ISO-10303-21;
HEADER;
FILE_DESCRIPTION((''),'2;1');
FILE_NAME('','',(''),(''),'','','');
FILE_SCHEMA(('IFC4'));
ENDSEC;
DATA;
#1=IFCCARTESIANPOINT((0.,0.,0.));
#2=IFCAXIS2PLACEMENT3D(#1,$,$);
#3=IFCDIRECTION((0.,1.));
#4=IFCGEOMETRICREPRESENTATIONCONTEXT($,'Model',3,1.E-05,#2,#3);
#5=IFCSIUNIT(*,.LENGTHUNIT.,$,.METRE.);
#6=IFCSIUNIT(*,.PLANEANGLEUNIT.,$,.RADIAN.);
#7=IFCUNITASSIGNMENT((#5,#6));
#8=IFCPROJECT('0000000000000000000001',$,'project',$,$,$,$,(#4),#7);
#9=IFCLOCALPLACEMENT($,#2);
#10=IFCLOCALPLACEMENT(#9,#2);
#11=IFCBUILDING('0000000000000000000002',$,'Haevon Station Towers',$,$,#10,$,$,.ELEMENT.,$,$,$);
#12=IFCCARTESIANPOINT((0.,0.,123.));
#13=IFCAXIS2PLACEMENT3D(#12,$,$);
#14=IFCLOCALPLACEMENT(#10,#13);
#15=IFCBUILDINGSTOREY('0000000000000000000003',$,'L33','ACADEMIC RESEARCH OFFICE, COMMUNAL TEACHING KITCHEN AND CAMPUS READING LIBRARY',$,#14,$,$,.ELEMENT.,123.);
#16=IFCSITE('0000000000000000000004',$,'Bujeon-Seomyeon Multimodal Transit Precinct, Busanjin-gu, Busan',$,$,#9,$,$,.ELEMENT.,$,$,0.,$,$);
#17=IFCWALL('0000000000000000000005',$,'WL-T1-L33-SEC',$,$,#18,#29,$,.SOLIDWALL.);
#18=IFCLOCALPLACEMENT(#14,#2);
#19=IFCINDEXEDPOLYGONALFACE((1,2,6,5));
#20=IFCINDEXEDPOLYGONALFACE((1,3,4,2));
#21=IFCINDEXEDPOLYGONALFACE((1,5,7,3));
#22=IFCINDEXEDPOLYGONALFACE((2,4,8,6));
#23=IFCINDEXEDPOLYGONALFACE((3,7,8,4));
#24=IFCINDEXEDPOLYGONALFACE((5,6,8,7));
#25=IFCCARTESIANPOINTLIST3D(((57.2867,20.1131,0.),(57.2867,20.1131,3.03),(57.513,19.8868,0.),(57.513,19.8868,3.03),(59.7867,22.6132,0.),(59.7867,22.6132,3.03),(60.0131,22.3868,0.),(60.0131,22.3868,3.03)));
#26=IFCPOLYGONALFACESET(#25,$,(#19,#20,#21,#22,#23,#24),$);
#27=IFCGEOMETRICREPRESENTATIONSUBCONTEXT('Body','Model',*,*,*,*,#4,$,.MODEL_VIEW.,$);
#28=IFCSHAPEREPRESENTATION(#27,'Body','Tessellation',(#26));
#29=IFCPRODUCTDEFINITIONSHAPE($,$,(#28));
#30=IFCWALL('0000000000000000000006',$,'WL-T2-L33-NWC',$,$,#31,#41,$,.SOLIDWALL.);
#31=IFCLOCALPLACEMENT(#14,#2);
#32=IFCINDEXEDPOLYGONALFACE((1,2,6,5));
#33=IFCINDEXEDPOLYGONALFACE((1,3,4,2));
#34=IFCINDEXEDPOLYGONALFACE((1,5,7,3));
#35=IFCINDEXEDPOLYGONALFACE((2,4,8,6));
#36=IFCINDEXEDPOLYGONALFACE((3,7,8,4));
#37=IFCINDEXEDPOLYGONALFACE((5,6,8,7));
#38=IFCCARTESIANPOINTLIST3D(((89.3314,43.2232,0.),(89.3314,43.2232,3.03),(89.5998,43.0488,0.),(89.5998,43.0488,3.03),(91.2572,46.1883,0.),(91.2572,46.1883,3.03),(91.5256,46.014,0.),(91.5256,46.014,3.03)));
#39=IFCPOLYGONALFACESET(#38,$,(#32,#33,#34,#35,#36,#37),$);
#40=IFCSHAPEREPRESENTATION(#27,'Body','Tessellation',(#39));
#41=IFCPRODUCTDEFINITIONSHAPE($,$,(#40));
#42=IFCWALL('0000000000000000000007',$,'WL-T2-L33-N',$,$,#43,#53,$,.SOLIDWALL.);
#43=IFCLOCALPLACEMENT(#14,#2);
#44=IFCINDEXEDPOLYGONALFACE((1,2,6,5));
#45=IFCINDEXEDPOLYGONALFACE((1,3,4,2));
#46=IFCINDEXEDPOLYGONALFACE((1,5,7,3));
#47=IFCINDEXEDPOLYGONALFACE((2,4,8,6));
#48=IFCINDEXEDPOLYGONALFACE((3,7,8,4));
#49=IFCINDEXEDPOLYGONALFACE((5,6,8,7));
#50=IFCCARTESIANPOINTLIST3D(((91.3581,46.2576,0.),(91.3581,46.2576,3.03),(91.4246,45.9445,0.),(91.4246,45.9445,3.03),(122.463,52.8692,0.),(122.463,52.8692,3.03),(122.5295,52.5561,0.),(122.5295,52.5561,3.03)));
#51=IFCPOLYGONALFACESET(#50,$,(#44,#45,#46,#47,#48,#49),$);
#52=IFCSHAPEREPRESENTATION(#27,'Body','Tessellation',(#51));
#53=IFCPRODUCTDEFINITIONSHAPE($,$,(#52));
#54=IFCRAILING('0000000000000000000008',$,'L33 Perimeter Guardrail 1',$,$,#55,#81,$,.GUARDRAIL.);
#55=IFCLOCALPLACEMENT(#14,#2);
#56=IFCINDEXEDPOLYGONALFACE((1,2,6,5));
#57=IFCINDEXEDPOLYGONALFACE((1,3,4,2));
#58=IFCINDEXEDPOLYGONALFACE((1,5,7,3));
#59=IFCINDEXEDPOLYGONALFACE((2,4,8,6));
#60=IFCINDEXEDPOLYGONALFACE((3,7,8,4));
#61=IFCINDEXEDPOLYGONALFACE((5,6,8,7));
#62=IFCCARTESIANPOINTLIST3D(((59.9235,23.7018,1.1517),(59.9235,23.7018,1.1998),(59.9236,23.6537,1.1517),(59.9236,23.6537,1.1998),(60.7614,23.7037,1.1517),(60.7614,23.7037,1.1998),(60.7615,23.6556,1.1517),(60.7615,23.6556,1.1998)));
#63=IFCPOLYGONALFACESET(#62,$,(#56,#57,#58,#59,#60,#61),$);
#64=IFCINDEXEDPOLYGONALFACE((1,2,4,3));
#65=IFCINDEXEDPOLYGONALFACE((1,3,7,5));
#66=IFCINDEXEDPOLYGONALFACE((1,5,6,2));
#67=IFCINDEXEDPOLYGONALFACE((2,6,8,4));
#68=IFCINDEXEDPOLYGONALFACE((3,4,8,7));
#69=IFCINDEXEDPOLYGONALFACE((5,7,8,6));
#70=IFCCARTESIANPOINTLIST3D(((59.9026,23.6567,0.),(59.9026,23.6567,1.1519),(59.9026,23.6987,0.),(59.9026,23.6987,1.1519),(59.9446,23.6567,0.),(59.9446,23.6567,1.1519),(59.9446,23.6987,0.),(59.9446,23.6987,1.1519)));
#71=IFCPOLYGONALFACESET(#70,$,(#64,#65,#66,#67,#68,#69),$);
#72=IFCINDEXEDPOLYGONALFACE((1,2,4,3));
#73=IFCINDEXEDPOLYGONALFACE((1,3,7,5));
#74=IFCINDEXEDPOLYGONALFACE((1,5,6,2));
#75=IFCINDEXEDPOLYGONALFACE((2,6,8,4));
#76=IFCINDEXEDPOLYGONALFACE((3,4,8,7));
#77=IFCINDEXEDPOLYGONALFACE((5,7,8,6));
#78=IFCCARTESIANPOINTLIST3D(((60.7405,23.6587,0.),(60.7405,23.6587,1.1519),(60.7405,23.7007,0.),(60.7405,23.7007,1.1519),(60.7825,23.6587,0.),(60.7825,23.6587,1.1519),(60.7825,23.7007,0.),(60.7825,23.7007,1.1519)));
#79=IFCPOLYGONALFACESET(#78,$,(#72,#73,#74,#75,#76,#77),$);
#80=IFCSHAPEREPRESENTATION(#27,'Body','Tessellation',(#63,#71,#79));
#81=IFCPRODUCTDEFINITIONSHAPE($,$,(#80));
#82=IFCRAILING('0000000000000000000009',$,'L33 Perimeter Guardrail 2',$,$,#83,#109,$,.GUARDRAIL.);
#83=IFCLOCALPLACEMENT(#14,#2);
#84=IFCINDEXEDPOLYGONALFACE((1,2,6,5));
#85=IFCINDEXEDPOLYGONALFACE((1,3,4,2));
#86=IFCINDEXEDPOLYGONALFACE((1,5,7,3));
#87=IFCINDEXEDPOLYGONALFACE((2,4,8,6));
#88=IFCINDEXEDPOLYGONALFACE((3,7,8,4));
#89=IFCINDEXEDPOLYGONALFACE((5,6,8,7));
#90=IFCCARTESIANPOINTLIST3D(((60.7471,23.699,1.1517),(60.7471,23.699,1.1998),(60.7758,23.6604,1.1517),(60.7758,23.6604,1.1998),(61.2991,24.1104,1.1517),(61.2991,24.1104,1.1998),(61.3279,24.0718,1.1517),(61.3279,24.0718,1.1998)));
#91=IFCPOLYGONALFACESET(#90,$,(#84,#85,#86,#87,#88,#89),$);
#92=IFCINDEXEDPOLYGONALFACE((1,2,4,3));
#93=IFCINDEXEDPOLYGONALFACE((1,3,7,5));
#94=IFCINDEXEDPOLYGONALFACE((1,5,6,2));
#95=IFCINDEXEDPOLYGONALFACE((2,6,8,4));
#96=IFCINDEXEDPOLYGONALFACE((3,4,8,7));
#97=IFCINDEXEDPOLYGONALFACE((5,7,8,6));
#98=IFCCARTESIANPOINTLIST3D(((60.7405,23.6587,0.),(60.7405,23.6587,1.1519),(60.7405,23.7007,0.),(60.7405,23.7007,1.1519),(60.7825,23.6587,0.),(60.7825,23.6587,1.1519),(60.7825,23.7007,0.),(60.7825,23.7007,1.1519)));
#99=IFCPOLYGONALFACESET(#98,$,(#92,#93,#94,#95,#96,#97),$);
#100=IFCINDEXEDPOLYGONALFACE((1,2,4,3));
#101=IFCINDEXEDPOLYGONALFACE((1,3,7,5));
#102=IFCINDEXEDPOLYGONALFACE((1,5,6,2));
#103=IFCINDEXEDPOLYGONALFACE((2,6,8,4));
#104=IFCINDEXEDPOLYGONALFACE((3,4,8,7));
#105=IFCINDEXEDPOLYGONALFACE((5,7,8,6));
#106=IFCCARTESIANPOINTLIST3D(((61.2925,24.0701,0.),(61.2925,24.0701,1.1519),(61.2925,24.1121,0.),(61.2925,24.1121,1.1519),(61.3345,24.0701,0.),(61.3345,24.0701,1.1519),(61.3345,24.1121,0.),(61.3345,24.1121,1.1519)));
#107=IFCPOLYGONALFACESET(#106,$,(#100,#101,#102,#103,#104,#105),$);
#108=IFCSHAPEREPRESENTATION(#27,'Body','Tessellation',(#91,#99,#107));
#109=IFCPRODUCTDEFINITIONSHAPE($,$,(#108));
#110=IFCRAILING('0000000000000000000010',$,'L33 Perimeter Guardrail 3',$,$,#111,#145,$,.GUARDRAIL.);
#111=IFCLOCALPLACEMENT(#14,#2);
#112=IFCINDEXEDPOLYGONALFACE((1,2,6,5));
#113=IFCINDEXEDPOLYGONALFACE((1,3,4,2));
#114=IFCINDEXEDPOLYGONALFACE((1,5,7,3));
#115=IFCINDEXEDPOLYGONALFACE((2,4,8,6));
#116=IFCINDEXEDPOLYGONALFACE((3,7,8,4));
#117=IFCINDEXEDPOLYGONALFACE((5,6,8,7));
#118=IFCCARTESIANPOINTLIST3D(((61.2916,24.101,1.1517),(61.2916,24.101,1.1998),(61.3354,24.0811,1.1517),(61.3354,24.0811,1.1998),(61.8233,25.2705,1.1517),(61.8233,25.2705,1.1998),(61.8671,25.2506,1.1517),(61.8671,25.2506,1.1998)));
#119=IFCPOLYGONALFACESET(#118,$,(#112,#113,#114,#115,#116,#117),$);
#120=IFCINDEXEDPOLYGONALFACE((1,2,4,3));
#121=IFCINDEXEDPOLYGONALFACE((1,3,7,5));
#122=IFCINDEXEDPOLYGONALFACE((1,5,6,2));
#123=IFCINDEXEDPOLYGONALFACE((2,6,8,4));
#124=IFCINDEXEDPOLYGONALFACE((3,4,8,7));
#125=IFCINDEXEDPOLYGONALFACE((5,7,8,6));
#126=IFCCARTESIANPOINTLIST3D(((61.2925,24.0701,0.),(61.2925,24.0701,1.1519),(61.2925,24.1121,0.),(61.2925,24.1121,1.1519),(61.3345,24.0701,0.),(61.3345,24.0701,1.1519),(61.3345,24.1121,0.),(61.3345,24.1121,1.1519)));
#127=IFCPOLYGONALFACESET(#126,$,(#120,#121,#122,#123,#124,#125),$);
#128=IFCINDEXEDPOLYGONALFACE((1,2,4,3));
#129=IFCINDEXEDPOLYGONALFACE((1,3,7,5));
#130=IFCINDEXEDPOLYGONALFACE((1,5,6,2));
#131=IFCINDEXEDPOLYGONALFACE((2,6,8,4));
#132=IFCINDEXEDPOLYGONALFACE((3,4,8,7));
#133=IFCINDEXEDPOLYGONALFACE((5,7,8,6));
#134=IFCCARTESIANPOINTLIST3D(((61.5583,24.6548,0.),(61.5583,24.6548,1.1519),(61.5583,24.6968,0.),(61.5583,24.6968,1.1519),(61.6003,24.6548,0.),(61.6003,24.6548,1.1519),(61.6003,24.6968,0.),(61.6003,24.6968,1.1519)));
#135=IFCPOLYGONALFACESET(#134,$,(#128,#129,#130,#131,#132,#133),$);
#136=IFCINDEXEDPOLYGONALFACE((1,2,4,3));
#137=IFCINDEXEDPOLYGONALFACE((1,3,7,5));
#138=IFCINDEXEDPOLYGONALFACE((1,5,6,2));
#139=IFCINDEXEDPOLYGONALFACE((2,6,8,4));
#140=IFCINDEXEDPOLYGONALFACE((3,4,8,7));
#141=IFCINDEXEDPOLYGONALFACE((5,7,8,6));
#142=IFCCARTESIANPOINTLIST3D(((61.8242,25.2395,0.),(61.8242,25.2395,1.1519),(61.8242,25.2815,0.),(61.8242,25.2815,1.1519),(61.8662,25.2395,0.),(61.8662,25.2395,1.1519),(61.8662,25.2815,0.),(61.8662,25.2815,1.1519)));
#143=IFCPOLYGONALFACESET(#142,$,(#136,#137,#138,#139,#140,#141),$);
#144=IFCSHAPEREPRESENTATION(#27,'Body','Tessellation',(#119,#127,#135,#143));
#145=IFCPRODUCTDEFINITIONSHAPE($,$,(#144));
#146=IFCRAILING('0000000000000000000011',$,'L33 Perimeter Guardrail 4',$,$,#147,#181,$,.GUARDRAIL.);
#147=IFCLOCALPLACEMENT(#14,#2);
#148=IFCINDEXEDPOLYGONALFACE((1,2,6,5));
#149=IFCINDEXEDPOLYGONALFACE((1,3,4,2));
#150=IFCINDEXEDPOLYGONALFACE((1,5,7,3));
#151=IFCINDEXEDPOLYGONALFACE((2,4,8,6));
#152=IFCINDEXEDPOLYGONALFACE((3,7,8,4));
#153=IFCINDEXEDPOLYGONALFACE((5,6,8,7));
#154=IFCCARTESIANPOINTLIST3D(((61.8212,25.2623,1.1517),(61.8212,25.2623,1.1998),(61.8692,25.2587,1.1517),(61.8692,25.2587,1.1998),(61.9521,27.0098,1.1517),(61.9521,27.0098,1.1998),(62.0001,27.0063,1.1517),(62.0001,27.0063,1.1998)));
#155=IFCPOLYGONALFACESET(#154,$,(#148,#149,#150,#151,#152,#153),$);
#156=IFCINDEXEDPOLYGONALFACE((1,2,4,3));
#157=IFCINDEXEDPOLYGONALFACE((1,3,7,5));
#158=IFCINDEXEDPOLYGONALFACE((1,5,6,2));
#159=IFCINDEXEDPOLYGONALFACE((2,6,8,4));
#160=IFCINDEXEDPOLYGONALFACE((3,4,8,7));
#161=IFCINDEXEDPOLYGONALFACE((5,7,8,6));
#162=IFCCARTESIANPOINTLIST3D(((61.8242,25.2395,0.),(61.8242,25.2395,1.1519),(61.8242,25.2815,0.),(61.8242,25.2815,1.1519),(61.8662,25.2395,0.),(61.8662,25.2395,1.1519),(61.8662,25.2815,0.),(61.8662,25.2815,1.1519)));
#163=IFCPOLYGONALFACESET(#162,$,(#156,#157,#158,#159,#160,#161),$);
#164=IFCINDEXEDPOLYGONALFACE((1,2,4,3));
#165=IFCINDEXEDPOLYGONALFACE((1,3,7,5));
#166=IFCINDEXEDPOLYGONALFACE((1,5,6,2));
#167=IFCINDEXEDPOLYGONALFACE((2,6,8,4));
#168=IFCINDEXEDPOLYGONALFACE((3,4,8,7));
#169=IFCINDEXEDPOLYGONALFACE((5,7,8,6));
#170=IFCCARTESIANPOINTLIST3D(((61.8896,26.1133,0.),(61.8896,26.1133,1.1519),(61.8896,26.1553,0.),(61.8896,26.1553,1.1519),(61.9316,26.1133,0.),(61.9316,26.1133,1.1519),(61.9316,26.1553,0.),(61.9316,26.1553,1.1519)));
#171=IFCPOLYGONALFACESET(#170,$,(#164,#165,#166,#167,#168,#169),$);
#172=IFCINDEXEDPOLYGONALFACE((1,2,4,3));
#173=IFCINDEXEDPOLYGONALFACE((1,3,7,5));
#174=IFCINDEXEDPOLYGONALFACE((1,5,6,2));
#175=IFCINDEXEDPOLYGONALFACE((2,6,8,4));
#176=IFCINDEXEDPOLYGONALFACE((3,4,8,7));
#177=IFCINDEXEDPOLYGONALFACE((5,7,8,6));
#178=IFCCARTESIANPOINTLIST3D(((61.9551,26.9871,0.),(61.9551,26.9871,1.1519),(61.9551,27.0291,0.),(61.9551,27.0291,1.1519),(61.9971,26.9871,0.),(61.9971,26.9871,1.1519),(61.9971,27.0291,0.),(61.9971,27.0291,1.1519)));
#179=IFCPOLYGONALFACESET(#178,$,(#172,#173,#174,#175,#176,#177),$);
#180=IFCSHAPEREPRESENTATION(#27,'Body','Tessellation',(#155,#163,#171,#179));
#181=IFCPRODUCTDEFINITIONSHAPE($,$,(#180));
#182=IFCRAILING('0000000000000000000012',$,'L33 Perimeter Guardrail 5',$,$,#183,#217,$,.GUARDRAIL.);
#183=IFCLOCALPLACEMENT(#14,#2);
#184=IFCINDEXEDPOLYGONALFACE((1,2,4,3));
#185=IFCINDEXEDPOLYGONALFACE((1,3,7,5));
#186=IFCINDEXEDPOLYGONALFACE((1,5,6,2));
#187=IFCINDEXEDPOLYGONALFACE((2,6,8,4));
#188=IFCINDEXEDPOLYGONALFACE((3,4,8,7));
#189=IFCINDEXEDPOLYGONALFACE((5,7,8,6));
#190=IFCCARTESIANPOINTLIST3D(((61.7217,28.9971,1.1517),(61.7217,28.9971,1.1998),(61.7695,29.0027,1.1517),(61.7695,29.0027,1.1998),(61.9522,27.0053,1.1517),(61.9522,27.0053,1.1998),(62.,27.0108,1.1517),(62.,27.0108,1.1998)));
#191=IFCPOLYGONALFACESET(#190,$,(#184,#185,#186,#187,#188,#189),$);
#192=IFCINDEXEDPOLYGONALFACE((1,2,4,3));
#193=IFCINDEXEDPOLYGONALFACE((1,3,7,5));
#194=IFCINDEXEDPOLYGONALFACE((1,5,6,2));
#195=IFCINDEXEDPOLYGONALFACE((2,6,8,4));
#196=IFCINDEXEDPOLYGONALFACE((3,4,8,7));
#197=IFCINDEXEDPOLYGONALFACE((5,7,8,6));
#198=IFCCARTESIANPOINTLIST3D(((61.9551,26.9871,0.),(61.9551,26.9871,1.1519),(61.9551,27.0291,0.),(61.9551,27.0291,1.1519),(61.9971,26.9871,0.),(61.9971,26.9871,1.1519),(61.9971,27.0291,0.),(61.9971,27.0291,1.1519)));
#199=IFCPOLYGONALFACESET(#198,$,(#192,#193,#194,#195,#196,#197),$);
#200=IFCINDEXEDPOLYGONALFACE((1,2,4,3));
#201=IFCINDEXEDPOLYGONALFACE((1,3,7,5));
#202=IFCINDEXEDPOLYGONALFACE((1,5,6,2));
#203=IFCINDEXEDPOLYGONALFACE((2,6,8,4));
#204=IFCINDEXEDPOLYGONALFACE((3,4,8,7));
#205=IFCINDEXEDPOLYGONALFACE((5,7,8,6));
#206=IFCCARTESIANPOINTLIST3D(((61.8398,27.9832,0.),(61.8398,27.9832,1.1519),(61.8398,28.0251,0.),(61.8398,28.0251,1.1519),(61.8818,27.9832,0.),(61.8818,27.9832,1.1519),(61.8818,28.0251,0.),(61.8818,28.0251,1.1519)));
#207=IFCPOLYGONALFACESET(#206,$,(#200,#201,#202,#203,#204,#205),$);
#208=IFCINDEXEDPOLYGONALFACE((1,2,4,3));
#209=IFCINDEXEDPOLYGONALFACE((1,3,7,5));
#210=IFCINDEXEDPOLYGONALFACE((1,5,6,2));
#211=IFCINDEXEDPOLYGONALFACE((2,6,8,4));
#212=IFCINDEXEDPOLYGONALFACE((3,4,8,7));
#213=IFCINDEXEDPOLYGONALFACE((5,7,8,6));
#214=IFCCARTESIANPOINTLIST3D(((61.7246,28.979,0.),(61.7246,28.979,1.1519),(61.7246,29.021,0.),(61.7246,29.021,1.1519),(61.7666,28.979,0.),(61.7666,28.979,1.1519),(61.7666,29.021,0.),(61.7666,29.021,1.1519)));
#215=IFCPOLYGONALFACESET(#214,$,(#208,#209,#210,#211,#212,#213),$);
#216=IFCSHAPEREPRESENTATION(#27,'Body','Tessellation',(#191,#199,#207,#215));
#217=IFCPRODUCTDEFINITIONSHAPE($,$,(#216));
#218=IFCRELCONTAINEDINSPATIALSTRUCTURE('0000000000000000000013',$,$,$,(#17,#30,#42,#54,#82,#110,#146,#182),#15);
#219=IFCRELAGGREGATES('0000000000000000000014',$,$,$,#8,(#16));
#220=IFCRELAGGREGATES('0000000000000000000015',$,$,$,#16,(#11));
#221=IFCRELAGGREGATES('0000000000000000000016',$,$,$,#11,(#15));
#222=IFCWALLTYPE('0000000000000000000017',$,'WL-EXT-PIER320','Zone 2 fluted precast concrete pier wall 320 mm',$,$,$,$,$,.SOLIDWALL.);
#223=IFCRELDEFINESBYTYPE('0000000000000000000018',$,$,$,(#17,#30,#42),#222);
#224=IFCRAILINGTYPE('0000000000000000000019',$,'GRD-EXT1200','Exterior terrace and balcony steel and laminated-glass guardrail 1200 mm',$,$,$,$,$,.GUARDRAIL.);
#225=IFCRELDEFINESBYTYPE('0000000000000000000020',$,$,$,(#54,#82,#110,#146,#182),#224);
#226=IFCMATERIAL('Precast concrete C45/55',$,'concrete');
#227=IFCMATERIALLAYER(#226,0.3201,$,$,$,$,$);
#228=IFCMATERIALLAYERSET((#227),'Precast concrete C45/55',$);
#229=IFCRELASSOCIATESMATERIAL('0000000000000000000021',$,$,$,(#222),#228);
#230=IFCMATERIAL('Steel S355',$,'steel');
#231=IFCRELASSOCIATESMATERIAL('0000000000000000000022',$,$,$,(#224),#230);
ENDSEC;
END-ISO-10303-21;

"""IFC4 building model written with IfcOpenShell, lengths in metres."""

from ifc_helpers import new_model, si_unit, direction, frame, frame_2d, origin, origin_2d, place, context, subcontext, project, spatial, rectangle, extrude, material, layer, layer_set, type_object, element, save


model = new_model("IFC4")

# Units and contexts
model_context = context("Model", 3, precision=1e-05, world=origin(), true_north=direction((0.0, 1.0)))
body_context = subcontext(model_context, "Body", "Model", "MODEL_VIEW")
ifc_project = project(units=[si_unit("LENGTHUNIT", "METRE"), si_unit("PLANEANGLEUNIT", "RADIAN")], contexts=[model_context])

# Site, building, storey
site_placement = place(None, origin())
site = spatial("IfcSite", under=ifc_project, at=site_placement, Name="Bujeon-Seomyeon Multimodal Transit Precinct, Busanjin-gu, Busan", CompositionType="ELEMENT", RefElevation=0.0)
building_placement = place(site_placement, origin())
building = spatial("IfcBuilding", under=site, at=building_placement, Name="Haevon Station Towers", CompositionType="ELEMENT")
storey_placement = place(building_placement, frame((0.0, 0.0, 123.0)))
storey = spatial("IfcBuildingStorey", under=building, at=storey_placement, Name="L33", Description="ACADEMIC RESEARCH OFFICE, COMMUNAL TEACHING KITCHEN AND CAMPUS READING LIBRARY", CompositionType="ELEMENT", Elevation=123.0)

# Shared definitions
ifc_material_1 = material(Name="Steel S355", Category="steel")

# Shared definitions
ifc_material_2 = material(Name="Precast concrete C45/55", Category="concrete")
ifc_layer_1 = layer(ifc_material_2, 0.3201)
ifc_layer_set_1 = layer_set([ifc_layer_1], Name="Precast concrete C45/55")
wall_type = type_object("IfcWallType", Name="WL-EXT-PIER320", Description="Zone 2 fluted precast concrete pier wall 320 mm", PredefinedType="SOLIDWALL", material=ifc_layer_set_1)

# Walls
for number, where, z_axis, x_axis, name in (
    (1, (59.8999, 22.5, 0.0), (0.0, 0.0, 1.0), (-0.707107, -0.707107, 0.0), "WL-T1-L33-SEC"),
    (2, (89.4656, 43.136, 0.0), (0.0, 0.0, 1.0), (0.544685, 0.838641, 0.0), "WL-T2-L33-NWC"),
):
    element("IfcWall", number, at=place(storey_placement, frame(where, z_axis=z_axis, x_axis=x_axis)), inside=storey, type_object=wall_type, Name=name, PredefinedType="SOLIDWALL", context=body_context, shape_type="SweptSolid", body=[
        extrude(rectangle(XDim=3.5356, YDim=0.3201, at=frame_2d((1.7678, 0.0))), origin(), (0.0, 0.0, 1.0), 3.03),
    ])
wall_1_placement = place(storey_placement, frame((91.3914, 46.1011, 0.0), z_axis=(0.0, 0.0, 1.0), x_axis=(0.978148, 0.207912, 0.0)))
element("IfcWall", 3, at=wall_1_placement, inside=storey, type_object=wall_type, Name="WL-T2-L33-N", PredefinedType="SOLIDWALL", context=body_context, shape_type="SweptSolid", body=[
    extrude(rectangle(XDim=31.7998, YDim=0.3201, at=frame_2d((15.8999, 0.0))), origin(), (0.0, 0.0, 1.0), 3.03),
])

# Railings
railing_type = type_object("IfcRailingType", Name="GRD-EXT1200", Description="Exterior terrace and balcony steel and laminated-glass guardrail 1200 mm", PredefinedType="GUARDRAIL", material=ifc_material_1)
railing_1_placement = place(storey_placement, frame((59.9236, 23.6777, 0.0)))
element("IfcRailing", 4, at=railing_1_placement, inside=storey, type_object=railing_type, Name="L33 Perimeter Guardrail 1", PredefinedType="GUARDRAIL", context=body_context, shape_type="SweptSolid", body=[
    extrude(rectangle(XDim=0.0481, YDim=0.0481, at=origin_2d()), frame((0.0, 0.0, 1.1758), z_axis=(0.999997, 0.002331, 0.0), x_axis=(-0.002331, 0.999997, 0.0)), (0.0, 0.0, 1.0), 0.8379),
    extrude(rectangle(XDim=0.042, YDim=0.042, at=origin_2d()), origin(), (0.0, 0.0, 1.0), 1.1519),
    extrude(rectangle(XDim=0.042, YDim=0.042, at=origin_2d()), frame((0.8379, 0.002, 0.0)), (0.0, 0.0, 1.0), 1.1519),
])
railing_2_placement = place(storey_placement, frame((60.7615, 23.6797, 0.0)))
element("IfcRailing", 5, at=railing_2_placement, inside=storey, type_object=railing_type, Name="L33 Perimeter Guardrail 2", PredefinedType="GUARDRAIL", context=body_context, shape_type="SweptSolid", body=[
    extrude(rectangle(XDim=0.0481, YDim=0.0481, at=origin_2d()), frame((0.0, 0.0, 1.1758), z_axis=(0.801826, 0.597557, 0.0), x_axis=(-0.597557, 0.801826, 0.0)), (0.0, 0.0, 1.0), 0.6885),
    extrude(rectangle(XDim=0.042, YDim=0.042, at=origin_2d()), origin(), (0.0, 0.0, 1.0), 1.1519),
    extrude(rectangle(XDim=0.042, YDim=0.042, at=origin_2d()), frame((0.552, 0.4114, 0.0)), (0.0, 0.0, 1.0), 1.1519),
])
railing_3_placement = place(storey_placement, frame((61.3135, 24.0911, 0.0)))
element("IfcRailing", 6, at=railing_3_placement, inside=storey, type_object=railing_type, Name="L33 Perimeter Guardrail 3", PredefinedType="GUARDRAIL", context=body_context, shape_type="SweptSolid", body=[
    extrude(rectangle(XDim=0.0481, YDim=0.0481, at=origin_2d()), frame((0.0, 0.0, 1.1758), z_axis=(0.413917, 0.910314, 0.0), x_axis=(-0.910314, 0.413917, 0.0)), (0.0, 0.0, 1.0), 1.2847),
    extrude(rectangle(XDim=0.042, YDim=0.042, at=origin_2d()), origin(), (0.0, 0.0, 1.0), 1.1519),
    extrude(rectangle(XDim=0.042, YDim=0.042, at=origin_2d()), frame((0.2659, 0.5847, 0.0)), (0.0, 0.0, 1.0), 1.1519),
    extrude(rectangle(XDim=0.042, YDim=0.042, at=origin_2d()), frame((0.5317, 1.1694, 0.0)), (0.0, 0.0, 1.0), 1.1519),
])
railing_4_placement = place(storey_placement, frame((61.8452, 25.2605, 0.0)))
element("IfcRailing", 7, at=railing_4_placement, inside=storey, type_object=railing_type, Name="L33 Perimeter Guardrail 4", PredefinedType="GUARDRAIL", context=body_context, shape_type="SweptSolid", body=[
    extrude(rectangle(XDim=0.0481, YDim=0.0481, at=origin_2d()), frame((0.0, 0.0, 1.1758), z_axis=(0.074672, 0.997208, 0.0), x_axis=(-0.997208, 0.074672, 0.0)), (0.0, 0.0, 1.0), 1.7524),
    extrude(rectangle(XDim=0.042, YDim=0.042, at=origin_2d()), origin(), (0.0, 0.0, 1.0), 1.1519),
    extrude(rectangle(XDim=0.042, YDim=0.042, at=origin_2d()), frame((0.0654, 0.8738, 0.0)), (0.0, 0.0, 1.0), 1.1519),
    extrude(rectangle(XDim=0.042, YDim=0.042, at=origin_2d()), frame((0.1309, 1.7476, 0.0)), (0.0, 0.0, 1.0), 1.1519),
])
railing_5_placement = place(storey_placement, frame((61.9761, 27.0081, 0.0)))
element("IfcRailing", 8, at=railing_5_placement, inside=storey, type_object=railing_type, Name="L33 Perimeter Guardrail 5", PredefinedType="GUARDRAIL", context=body_context, shape_type="SweptSolid", body=[
    extrude(rectangle(XDim=0.0481, YDim=0.0481, at=origin_2d()), frame((0.0, 0.0, 1.1758), z_axis=(-0.114934, 0.993373, 0.0), x_axis=(-0.993373, -0.114934, 0.0)), (0.0, 0.0, 1.0), 2.0051),
    extrude(rectangle(XDim=0.042, YDim=0.042, at=origin_2d()), origin(), (0.0, 0.0, 1.0), 1.1519),
    extrude(rectangle(XDim=0.042, YDim=0.042, at=origin_2d()), frame((-0.1152, 0.9961, 0.0)), (0.0, 0.0, 1.0), 1.1519),
    extrude(rectangle(XDim=0.042, YDim=0.042, at=origin_2d()), frame((-0.2305, 1.9919, 0.0)), (0.0, 0.0, 1.0), 1.1519),
])

save(model, "model.ifc")
